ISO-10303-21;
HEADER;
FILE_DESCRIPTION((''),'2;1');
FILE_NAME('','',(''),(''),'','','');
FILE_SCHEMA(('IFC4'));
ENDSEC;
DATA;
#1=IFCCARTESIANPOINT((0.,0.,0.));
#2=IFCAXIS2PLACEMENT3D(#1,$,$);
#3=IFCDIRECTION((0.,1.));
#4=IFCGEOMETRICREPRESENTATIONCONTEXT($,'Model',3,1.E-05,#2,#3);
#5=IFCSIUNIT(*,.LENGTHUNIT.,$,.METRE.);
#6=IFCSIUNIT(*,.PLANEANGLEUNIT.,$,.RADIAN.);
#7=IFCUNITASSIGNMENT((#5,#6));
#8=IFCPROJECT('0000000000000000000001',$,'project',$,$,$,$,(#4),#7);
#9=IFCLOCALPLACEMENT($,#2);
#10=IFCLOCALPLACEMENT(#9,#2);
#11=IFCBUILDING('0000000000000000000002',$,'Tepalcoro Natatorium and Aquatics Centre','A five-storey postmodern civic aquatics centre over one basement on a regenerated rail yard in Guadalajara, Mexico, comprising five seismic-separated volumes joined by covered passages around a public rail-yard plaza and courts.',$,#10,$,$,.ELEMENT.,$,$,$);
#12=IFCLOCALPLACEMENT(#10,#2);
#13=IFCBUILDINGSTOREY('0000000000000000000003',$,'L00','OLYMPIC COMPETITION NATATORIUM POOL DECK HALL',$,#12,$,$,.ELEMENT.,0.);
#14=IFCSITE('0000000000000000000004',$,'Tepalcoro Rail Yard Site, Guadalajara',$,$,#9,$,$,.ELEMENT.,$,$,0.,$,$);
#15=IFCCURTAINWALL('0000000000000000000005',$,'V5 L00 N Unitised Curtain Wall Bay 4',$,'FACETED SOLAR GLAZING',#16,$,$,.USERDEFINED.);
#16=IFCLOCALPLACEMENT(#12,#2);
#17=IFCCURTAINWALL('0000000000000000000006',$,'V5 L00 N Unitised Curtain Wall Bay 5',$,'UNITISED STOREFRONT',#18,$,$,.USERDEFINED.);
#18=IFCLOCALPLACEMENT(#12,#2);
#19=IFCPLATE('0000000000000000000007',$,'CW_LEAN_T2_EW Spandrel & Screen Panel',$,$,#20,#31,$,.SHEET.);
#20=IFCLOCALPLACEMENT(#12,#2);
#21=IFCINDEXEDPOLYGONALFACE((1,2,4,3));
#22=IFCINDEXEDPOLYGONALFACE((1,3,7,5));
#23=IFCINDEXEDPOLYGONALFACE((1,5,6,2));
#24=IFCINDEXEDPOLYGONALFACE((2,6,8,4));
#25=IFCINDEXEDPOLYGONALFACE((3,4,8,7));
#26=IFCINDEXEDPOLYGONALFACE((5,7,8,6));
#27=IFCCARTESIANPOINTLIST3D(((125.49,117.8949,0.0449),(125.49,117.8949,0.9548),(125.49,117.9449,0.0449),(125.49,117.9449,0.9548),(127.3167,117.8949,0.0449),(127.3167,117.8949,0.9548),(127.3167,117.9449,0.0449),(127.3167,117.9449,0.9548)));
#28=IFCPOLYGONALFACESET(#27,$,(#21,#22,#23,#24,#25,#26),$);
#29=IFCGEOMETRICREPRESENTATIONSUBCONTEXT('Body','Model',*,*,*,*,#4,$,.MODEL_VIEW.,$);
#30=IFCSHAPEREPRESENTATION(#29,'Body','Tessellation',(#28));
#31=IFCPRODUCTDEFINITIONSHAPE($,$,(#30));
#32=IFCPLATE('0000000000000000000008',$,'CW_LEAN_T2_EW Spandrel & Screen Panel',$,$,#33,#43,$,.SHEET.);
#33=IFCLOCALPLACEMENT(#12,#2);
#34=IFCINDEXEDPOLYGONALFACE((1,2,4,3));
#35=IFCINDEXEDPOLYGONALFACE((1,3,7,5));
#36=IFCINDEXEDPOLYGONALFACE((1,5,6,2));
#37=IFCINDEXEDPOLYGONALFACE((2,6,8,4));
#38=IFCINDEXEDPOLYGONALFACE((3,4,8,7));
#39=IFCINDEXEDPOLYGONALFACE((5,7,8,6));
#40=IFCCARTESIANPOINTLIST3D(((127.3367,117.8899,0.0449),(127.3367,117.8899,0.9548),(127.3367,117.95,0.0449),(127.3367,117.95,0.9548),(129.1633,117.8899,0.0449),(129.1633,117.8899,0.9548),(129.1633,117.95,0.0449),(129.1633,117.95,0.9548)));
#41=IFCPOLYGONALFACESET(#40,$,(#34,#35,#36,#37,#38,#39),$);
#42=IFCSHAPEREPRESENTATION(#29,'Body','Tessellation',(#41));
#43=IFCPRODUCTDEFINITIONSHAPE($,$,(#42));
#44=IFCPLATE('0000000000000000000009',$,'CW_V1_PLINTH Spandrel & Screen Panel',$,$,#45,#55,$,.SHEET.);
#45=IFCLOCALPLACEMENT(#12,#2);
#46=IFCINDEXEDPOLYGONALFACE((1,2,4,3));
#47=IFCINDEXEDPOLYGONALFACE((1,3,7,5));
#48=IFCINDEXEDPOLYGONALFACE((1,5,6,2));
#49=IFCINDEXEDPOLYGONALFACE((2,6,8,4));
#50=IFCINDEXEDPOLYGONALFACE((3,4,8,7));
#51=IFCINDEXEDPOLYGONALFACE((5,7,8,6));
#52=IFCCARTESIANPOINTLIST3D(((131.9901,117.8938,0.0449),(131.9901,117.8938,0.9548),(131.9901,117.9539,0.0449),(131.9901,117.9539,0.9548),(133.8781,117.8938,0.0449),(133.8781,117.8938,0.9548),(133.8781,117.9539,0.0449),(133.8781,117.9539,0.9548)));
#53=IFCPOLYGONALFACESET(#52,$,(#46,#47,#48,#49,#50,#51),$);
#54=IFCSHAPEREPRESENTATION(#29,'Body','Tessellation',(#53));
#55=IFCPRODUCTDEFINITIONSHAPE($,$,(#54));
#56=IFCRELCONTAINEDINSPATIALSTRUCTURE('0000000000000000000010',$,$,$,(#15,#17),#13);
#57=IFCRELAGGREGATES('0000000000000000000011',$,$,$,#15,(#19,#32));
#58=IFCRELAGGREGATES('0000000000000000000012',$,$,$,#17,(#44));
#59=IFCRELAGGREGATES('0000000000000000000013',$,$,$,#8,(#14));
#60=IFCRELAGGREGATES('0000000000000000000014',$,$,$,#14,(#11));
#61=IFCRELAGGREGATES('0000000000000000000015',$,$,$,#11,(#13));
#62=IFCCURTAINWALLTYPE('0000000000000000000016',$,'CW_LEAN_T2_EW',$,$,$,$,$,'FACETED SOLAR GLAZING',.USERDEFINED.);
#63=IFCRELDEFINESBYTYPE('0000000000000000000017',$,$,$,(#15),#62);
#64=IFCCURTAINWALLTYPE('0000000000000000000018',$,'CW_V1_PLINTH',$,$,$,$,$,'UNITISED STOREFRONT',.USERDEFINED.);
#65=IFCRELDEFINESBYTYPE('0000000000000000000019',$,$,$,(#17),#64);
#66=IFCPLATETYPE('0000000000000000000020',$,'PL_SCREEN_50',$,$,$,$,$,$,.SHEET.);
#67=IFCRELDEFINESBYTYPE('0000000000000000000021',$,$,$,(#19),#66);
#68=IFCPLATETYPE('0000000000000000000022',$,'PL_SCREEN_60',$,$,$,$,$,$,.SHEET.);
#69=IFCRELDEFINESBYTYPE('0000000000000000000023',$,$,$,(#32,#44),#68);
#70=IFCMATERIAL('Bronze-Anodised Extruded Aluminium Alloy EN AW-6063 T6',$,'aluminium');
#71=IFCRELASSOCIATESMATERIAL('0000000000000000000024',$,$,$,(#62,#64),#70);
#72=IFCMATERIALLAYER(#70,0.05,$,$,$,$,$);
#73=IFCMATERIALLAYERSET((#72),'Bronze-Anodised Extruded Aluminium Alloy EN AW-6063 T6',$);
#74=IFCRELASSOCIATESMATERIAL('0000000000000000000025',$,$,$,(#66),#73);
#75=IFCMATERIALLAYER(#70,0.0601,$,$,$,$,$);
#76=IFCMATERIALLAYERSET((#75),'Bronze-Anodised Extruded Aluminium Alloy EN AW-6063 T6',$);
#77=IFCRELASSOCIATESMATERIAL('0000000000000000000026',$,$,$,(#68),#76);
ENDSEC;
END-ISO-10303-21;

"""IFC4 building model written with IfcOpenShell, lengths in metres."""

from ifc_helpers import new_model, si_unit, direction, frame, origin, origin_2d, place, context, subcontext, project, spatial, rectangle, extrude, material, layer, layer_set, type_object, element, aggregate, save


model = new_model("IFC4")

# Units and contexts
model_context = context("Model", 3, precision=1e-05, world=origin(), true_north=direction((0.0, 1.0)))
body_context = subcontext(model_context, "Body", "Model", "MODEL_VIEW")
ifc_project = project(units=[si_unit("LENGTHUNIT", "METRE"), si_unit("PLANEANGLEUNIT", "RADIAN")], contexts=[model_context])

# Site, building, storey
site_placement = place(None, origin())
site = spatial("IfcSite", under=ifc_project, at=site_placement, Name="Tepalcoro Rail Yard Site, Guadalajara", CompositionType="ELEMENT", RefElevation=0.0)
building_placement = place(site_placement, origin())
building = spatial("IfcBuilding", under=site, at=building_placement, Name="Tepalcoro Natatorium and Aquatics Centre", Description="A five-storey postmodern civic aquatics centre over one basement on a regenerated rail yard in Guadalajara, Mexico, comprising five seismic-separated volumes joined by covered passages around a public rail-yard plaza and courts.", CompositionType="ELEMENT")
storey_placement = place(building_placement, origin())
storey = spatial("IfcBuildingStorey", under=building, at=storey_placement, Name="L00", Description="OLYMPIC COMPETITION NATATORIUM POOL DECK HALL", CompositionType="ELEMENT", Elevation=0.0)

# Curtain walls
ifc_material_1 = material(Name="Bronze-Anodised Extruded Aluminium Alloy EN AW-6063 T6", Category="aluminium")
curtain_wall_type_1 = type_object("IfcCurtainWallType", Name="CW_LEAN_T2_EW", ElementType="FACETED SOLAR GLAZING", PredefinedType="USERDEFINED", material=ifc_material_1)
curtain_wall_1_placement = place(storey_placement, origin())
curtain_wall_1 = element("IfcCurtainWall", 1, at=curtain_wall_1_placement, inside=storey, type_object=curtain_wall_type_1, Name="V5 L00 N Unitised Curtain Wall Bay 4", ObjectType="FACETED SOLAR GLAZING", PredefinedType="USERDEFINED")
curtain_wall_type_2 = type_object("IfcCurtainWallType", Name="CW_V1_PLINTH", ElementType="UNITISED STOREFRONT", PredefinedType="USERDEFINED", material=ifc_material_1)
curtain_wall_2_placement = place(storey_placement, origin())
curtain_wall_2 = element("IfcCurtainWall", 2, at=curtain_wall_2_placement, inside=storey, type_object=curtain_wall_type_2, Name="V5 L00 N Unitised Curtain Wall Bay 5", ObjectType="UNITISED STOREFRONT", PredefinedType="USERDEFINED")

# Plates
ifc_layer_1 = layer(ifc_material_1, 0.05)
ifc_layer_set_1 = layer_set([ifc_layer_1], Name="Bronze-Anodised Extruded Aluminium Alloy EN AW-6063 T6")
plate_type_1 = type_object("IfcPlateType", Name="PL_SCREEN_50", PredefinedType="SHEET", material=ifc_layer_set_1)
plate_1_placement = place(storey_placement, frame((126.4033, 117.9199, 0.0449), z_axis=(0.0, 0.0, 1.0), x_axis=(1.0, 0.0, 0.0)))
plate_1 = element("IfcPlate", 3, at=plate_1_placement, type_object=plate_type_1, Name="CW_LEAN_T2_EW Spandrel & Screen Panel", PredefinedType="SHEET", context=body_context, shape_type="SweptSolid", body=[
    extrude(rectangle(XDim=1.8267, YDim=0.05, at=origin_2d()), origin(), (0.0, 0.0, 1.0), 0.9099),
])
ifc_layer_2 = layer(ifc_material_1, 0.0601)
ifc_layer_set_2 = layer_set([ifc_layer_2], Name="Bronze-Anodised Extruded Aluminium Alloy EN AW-6063 T6")
plate_type_2 = type_object("IfcPlateType", Name="PL_SCREEN_60", PredefinedType="SHEET", material=ifc_layer_set_2)
plate_2_placement = place(storey_placement, frame((128.25, 117.9199, 0.0449), z_axis=(0.0, 0.0, 1.0), x_axis=(1.0, 0.0, 0.0)))
plate_2 = element("IfcPlate", 4, at=plate_2_placement, type_object=plate_type_2, Name="CW_LEAN_T2_EW Spandrel & Screen Panel", PredefinedType="SHEET", context=body_context, shape_type="SweptSolid", body=[
    extrude(rectangle(XDim=1.8267, YDim=0.0601, at=origin_2d()), origin(), (0.0, 0.0, 1.0), 0.9099),
])
aggregate(curtain_wall_1, [plate_1, plate_2])
plate_3_placement = place(storey_placement, frame((132.9341, 117.9238, 0.0449), z_axis=(0.0, 0.0, 1.0), x_axis=(1.0, 0.0, 0.0)))
plate_3 = element("IfcPlate", 5, at=plate_3_placement, type_object=plate_type_2, Name="CW_V1_PLINTH Spandrel & Screen Panel", PredefinedType="SHEET", context=body_context, shape_type="SweptSolid", body=[
    extrude(rectangle(XDim=1.8879, YDim=0.0601, at=origin_2d()), origin(), (0.0, 0.0, 1.0), 0.9099),
])
aggregate(curtain_wall_2, [plate_3])

save(model, "model.ifc")
